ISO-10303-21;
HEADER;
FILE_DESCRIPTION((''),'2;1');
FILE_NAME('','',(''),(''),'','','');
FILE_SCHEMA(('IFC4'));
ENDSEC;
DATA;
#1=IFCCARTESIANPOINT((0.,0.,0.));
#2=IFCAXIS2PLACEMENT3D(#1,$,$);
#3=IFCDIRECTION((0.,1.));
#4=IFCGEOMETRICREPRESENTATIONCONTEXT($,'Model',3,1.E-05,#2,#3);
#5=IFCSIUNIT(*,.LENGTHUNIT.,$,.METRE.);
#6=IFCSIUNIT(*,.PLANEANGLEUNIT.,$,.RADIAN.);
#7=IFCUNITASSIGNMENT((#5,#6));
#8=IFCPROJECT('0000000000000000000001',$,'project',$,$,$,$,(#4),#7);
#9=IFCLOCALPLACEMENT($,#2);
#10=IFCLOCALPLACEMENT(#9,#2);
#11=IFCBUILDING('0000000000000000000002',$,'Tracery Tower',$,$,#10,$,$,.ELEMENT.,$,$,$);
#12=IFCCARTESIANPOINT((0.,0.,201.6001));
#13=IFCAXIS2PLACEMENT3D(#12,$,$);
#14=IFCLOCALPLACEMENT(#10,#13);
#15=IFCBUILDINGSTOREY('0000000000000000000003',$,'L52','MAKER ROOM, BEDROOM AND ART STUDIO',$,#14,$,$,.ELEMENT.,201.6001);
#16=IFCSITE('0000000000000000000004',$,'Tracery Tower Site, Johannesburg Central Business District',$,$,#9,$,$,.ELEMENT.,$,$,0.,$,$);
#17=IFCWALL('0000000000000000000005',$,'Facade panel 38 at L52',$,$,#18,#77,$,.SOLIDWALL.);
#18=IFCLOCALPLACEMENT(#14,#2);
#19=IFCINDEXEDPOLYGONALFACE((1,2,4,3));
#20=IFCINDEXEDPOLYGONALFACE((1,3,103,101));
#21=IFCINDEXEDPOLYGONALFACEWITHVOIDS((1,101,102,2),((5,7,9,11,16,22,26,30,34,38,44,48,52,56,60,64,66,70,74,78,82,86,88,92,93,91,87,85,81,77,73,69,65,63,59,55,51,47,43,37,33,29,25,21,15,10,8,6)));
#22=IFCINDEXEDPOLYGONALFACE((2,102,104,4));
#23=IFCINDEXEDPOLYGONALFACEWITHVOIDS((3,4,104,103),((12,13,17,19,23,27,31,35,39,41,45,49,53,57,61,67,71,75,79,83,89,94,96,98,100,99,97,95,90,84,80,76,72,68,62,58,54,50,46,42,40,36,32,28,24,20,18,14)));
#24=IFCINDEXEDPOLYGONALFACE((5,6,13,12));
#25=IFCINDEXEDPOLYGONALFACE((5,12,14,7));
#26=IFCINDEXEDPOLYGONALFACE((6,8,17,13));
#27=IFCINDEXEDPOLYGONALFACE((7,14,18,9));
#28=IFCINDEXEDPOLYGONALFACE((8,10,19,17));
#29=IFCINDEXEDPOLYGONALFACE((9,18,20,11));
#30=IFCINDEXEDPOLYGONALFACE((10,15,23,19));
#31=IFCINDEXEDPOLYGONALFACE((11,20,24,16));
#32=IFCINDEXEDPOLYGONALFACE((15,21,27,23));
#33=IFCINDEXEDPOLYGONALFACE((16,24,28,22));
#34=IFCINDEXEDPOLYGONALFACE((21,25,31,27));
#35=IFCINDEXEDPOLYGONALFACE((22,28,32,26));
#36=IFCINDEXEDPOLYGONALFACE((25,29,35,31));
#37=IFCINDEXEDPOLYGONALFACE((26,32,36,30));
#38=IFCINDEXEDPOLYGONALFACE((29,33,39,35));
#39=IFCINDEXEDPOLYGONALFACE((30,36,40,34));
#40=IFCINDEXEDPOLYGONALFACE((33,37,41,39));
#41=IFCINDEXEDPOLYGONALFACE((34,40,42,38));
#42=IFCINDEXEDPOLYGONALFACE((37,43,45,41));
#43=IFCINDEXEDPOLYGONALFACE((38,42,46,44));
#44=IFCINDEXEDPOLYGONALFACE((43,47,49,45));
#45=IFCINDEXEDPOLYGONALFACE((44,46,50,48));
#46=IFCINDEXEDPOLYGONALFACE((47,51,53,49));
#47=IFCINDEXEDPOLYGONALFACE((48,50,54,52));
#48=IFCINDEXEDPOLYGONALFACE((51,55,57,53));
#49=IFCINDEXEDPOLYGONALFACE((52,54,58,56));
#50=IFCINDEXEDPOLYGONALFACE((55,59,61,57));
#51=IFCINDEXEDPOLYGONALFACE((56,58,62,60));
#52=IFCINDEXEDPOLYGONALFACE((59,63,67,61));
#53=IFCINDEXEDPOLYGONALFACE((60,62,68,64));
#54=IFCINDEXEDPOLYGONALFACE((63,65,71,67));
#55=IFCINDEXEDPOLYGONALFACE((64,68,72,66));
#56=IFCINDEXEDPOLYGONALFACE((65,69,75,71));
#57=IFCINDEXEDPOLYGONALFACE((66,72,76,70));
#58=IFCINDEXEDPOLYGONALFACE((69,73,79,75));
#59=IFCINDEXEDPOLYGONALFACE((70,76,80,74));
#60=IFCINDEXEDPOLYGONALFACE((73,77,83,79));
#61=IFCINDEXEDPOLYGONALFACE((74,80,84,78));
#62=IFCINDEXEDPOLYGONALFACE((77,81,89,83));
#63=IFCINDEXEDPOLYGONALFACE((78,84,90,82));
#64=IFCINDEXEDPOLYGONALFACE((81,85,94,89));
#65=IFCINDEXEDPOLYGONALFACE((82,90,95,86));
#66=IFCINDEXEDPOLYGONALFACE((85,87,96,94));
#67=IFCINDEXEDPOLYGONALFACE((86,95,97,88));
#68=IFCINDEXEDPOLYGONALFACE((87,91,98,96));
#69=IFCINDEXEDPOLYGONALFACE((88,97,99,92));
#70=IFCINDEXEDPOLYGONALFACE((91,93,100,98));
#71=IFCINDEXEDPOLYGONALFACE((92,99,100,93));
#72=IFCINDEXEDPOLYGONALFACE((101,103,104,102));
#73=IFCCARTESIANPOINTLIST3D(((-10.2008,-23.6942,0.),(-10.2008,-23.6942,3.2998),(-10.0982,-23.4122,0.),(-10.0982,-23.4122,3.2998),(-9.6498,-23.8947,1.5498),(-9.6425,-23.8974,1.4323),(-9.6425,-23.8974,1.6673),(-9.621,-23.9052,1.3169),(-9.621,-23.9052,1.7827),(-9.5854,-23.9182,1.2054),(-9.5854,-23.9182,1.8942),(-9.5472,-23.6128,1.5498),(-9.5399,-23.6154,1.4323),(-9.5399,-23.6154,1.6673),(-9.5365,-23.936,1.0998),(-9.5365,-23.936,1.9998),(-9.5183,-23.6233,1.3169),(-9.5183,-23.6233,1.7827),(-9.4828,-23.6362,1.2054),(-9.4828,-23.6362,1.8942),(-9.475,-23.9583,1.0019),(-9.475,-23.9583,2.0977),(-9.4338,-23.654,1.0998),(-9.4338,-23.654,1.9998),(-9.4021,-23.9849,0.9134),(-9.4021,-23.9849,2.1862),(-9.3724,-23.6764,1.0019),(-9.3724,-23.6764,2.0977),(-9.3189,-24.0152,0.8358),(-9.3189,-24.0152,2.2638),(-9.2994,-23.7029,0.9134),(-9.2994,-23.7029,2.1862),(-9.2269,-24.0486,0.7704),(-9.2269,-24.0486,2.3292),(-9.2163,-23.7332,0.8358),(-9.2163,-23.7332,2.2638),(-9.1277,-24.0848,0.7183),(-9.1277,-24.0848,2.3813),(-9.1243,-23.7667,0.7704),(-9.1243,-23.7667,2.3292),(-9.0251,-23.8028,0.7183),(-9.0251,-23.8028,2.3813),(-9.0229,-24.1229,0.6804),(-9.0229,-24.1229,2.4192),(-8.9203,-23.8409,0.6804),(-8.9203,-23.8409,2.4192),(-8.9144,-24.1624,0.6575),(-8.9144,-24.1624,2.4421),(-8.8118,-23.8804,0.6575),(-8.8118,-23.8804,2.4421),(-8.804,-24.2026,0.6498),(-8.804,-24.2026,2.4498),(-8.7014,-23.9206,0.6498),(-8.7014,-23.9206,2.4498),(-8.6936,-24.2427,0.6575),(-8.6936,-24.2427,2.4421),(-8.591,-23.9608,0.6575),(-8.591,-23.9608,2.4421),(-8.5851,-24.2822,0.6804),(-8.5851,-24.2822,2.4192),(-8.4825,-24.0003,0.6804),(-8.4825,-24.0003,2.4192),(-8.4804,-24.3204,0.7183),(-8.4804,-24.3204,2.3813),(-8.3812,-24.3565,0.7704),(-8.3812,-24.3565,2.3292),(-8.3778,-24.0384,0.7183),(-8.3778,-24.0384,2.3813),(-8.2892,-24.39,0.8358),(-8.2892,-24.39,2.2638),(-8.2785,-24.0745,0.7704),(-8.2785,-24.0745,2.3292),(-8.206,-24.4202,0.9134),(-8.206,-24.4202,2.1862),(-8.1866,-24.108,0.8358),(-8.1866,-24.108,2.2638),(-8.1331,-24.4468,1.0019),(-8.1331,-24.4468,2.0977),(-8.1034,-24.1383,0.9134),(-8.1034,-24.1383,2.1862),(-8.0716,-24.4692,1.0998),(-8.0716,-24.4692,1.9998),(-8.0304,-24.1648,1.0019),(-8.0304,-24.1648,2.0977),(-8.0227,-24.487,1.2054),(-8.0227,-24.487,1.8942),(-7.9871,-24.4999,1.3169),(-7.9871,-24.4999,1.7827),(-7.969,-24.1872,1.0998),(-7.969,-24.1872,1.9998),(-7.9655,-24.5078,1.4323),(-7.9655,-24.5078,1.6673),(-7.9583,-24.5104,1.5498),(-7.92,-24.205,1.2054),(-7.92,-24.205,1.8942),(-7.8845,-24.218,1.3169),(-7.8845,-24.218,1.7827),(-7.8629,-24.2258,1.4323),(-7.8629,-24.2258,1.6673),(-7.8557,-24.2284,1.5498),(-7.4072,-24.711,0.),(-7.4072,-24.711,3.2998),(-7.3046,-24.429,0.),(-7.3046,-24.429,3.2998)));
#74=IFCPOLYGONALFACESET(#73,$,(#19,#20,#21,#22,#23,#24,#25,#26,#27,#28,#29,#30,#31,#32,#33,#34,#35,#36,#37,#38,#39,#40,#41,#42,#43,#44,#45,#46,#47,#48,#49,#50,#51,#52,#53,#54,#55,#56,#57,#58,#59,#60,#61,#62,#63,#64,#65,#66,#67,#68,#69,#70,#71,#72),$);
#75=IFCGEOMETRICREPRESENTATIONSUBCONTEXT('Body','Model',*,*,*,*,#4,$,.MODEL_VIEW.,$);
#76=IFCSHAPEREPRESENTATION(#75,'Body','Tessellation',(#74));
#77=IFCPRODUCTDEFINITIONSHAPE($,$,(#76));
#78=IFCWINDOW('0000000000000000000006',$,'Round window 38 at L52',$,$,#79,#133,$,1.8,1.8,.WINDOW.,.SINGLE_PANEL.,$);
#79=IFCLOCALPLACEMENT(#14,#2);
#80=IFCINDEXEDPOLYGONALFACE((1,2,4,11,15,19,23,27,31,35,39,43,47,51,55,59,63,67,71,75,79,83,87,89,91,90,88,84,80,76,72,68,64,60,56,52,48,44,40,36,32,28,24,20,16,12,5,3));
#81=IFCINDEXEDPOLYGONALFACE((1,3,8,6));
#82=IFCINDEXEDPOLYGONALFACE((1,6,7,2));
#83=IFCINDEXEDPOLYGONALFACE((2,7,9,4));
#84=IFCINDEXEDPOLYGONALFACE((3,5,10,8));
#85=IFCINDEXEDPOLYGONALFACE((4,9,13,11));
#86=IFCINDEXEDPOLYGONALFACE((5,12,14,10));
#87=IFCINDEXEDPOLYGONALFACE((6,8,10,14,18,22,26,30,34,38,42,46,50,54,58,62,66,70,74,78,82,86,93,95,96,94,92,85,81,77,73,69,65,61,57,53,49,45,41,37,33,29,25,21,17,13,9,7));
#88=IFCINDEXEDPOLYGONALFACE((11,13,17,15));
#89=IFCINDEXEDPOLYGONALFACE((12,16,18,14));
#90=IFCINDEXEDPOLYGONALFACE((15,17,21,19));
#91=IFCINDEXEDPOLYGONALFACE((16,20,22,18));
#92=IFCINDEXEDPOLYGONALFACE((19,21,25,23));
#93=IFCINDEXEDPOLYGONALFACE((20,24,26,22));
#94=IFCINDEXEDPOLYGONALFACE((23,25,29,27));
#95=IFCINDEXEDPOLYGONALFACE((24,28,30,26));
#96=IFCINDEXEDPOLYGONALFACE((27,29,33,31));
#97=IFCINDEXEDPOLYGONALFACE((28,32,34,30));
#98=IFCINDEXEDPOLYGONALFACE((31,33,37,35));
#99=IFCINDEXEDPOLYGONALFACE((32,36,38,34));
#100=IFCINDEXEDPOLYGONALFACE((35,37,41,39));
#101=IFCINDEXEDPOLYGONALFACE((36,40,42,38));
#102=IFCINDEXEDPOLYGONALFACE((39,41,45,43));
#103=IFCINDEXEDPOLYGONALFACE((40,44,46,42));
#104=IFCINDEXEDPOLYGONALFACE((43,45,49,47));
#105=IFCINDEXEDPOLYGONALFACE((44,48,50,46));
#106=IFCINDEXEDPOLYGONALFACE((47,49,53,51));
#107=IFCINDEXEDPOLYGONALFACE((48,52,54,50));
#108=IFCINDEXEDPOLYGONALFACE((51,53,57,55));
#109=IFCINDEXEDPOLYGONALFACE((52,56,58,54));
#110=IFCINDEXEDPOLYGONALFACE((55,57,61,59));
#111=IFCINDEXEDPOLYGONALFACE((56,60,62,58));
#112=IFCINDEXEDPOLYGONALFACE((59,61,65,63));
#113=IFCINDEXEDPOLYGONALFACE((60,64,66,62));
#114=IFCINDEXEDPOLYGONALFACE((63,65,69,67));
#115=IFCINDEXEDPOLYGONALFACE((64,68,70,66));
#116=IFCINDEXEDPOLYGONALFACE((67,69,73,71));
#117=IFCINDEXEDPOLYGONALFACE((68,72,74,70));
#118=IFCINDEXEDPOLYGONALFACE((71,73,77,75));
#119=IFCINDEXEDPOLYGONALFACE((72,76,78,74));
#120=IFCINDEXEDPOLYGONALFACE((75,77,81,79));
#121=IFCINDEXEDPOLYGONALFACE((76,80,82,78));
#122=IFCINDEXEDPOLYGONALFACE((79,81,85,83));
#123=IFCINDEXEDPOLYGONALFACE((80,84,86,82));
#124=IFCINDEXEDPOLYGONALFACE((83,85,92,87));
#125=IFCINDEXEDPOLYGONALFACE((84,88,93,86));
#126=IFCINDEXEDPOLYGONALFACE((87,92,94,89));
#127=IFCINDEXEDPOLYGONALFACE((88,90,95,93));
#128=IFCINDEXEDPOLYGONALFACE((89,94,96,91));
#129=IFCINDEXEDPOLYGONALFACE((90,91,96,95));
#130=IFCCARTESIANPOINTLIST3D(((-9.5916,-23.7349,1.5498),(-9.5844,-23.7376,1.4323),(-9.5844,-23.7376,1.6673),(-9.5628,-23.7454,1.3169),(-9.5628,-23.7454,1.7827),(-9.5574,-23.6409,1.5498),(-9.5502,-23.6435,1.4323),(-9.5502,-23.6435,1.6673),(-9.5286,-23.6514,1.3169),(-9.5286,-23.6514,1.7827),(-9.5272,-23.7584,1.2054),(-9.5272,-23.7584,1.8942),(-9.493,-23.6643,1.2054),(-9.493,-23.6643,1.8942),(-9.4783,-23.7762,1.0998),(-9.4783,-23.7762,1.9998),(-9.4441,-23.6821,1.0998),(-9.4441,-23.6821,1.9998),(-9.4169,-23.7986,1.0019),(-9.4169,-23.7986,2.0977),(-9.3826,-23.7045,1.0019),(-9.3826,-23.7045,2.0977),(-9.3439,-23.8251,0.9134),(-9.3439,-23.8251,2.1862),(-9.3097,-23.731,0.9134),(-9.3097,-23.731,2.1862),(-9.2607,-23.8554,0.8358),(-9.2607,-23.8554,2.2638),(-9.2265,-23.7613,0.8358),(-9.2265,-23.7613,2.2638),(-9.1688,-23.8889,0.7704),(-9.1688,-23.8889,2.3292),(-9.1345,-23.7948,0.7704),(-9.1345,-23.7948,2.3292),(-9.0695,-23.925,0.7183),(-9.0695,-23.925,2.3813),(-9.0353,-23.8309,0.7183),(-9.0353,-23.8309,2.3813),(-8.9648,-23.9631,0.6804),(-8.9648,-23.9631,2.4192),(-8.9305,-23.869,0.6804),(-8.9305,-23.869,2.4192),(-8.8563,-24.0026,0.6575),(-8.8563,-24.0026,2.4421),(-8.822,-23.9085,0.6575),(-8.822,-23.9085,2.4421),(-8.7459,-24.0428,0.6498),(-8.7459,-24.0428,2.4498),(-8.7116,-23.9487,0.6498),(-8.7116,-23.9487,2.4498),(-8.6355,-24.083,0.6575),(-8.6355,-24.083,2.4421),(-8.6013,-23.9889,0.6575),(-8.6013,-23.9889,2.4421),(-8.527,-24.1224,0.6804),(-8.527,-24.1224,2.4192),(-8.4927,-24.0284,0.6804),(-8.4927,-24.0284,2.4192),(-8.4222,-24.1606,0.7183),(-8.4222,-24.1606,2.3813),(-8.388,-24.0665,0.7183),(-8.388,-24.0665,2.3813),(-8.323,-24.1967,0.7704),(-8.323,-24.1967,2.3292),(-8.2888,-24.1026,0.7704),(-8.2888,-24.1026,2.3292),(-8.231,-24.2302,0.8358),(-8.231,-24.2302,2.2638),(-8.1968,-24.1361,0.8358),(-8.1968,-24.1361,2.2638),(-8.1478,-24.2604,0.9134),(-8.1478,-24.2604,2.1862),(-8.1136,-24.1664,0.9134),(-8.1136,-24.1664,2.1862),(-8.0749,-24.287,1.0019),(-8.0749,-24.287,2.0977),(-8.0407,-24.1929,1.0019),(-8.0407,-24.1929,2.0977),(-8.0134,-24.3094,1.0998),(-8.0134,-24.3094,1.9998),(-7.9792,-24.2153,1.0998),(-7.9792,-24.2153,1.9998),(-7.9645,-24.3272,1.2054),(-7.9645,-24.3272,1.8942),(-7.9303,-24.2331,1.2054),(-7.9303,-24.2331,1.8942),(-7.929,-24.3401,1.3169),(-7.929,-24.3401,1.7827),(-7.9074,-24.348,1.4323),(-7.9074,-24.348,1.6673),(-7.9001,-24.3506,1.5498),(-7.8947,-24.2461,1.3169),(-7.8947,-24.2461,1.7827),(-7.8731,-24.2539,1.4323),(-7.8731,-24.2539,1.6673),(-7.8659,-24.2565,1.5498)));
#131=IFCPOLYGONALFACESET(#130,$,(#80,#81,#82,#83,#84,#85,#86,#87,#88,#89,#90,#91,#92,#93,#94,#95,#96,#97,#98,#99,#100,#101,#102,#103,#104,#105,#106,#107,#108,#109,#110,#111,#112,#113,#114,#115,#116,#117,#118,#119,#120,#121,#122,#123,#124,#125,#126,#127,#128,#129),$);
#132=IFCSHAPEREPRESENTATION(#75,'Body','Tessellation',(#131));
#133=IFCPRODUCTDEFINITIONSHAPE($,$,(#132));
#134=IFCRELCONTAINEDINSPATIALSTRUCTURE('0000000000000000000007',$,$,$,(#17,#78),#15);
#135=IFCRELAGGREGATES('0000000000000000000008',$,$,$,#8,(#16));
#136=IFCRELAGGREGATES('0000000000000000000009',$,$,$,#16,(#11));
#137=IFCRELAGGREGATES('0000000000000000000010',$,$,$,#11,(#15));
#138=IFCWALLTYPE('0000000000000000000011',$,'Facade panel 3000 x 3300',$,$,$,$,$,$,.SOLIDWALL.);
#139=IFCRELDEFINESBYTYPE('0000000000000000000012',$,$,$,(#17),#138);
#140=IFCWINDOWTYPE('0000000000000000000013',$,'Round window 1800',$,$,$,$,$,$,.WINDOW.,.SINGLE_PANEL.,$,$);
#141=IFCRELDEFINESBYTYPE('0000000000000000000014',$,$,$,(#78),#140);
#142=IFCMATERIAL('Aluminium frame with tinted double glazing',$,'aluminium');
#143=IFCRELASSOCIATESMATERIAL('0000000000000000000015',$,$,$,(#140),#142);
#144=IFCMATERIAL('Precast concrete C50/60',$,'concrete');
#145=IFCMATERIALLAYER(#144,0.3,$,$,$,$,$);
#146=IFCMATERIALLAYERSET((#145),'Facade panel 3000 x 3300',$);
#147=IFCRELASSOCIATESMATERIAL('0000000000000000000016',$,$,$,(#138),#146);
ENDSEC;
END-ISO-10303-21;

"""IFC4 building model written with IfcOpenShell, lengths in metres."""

from ifc_helpers import new_model, si_unit, direction, frame, frame_2d, origin, origin_2d, place, context, subcontext, project, spatial, rectangle, circle, extrude, material, layer, layer_set, type_object, element, fill, save


model = new_model("IFC4")

# Units and contexts
model_context = context("Model", 3, precision=1e-05, world=origin(), true_north=direction((0.0, 1.0)))
body_context = subcontext(model_context, "Body", "Model", "MODEL_VIEW")
ifc_project = project(units=[si_unit("LENGTHUNIT", "METRE"), si_unit("PLANEANGLEUNIT", "RADIAN")], contexts=[model_context])

# Site, building, storey
site_placement = place(None, origin())
site = spatial("IfcSite", under=ifc_project, at=site_placement, Name="Tracery Tower Site, Johannesburg Central Business District", CompositionType="ELEMENT", RefElevation=0.0)
building_placement = place(site_placement, origin())
building = spatial("IfcBuilding", under=site, at=building_placement, Name="Tracery Tower", CompositionType="ELEMENT")
storey_placement = place(building_placement, frame((0.0, 0.0, 201.6001)))
storey = spatial("IfcBuildingStorey", under=building, at=storey_placement, Name="L52", Description="MAKER ROOM, BEDROOM AND ART STUDIO", CompositionType="ELEMENT", Elevation=201.6001)

# Wall, opening, window
ifc_material_1 = material(Name="Aluminium frame with tinted double glazing", Category="aluminium")
window_type = type_object("IfcWindowType", Name="Round window 1800", PartitioningType="SINGLE_PANEL", PredefinedType="WINDOW", material=ifc_material_1)
ifc_material_2 = material(Name="Precast concrete C50/60", Category="concrete")
ifc_layer_1 = layer(ifc_material_2, 0.3)
ifc_layer_set_1 = layer_set([ifc_layer_1], Name="Facade panel 3000 x 3300")
wall_type_1 = type_object("IfcWallType", Name="Facade panel 3000 x 3300", PredefinedType="SOLIDWALL", material=ifc_layer_set_1)
wall_1_placement = place(storey_placement, frame((-10.1494, -23.5532, 0.0), z_axis=(0.0, 0.0, 1.0), x_axis=(0.93969, -0.342027, 0.0)))
wall_1 = element("IfcWall", 1, at=wall_1_placement, inside=storey, type_object=wall_type_1, Name="Facade panel 38 at L52", PredefinedType="SOLIDWALL", context=body_context, shape_type="SweptSolid", body=[
    extrude(rectangle(XDim=2.9729, YDim=0.3, at=frame_2d((1.4863, 0.0))), origin(), (0.0, 0.0, 1.0), 3.2998),
])
opening_1_placement = place(wall_1_placement, frame((1.4863, 0.0, 1.5498)))
opening_1 = element("IfcOpeningElement", 2, at=opening_1_placement, cuts=wall_1, PredefinedType="OPENING", context=body_context, shape_type="SweptSolid", body=[
    extrude(circle(Radius=0.9, at=origin_2d()), frame((0.0, 0.1599, 0.0), z_axis=(0.0, -1.0, 0.0), x_axis=(1.0, 0.0, 0.0)), (0.0, 0.0, 1.0), 0.3201),
])
window_1_placement = place(opening_1_placement, origin())
window_1 = element("IfcWindow", 3, at=window_1_placement, inside=storey, type_object=window_type, Name="Round window 38 at L52", OverallHeight=1.8, OverallWidth=1.8, PartitioningType="SINGLE_PANEL", PredefinedType="WINDOW", context=body_context, shape_type="SweptSolid", body=[
    extrude(circle(Radius=0.9, at=origin_2d()), frame((0.0, 0.1201, 0.0), z_axis=(0.0, -1.0, 0.0), x_axis=(1.0, 0.0, 0.0)), (0.0, 0.0, 1.0), 0.1001),
])
fill(opening_1, window_1)

save(model, "model.ifc")
